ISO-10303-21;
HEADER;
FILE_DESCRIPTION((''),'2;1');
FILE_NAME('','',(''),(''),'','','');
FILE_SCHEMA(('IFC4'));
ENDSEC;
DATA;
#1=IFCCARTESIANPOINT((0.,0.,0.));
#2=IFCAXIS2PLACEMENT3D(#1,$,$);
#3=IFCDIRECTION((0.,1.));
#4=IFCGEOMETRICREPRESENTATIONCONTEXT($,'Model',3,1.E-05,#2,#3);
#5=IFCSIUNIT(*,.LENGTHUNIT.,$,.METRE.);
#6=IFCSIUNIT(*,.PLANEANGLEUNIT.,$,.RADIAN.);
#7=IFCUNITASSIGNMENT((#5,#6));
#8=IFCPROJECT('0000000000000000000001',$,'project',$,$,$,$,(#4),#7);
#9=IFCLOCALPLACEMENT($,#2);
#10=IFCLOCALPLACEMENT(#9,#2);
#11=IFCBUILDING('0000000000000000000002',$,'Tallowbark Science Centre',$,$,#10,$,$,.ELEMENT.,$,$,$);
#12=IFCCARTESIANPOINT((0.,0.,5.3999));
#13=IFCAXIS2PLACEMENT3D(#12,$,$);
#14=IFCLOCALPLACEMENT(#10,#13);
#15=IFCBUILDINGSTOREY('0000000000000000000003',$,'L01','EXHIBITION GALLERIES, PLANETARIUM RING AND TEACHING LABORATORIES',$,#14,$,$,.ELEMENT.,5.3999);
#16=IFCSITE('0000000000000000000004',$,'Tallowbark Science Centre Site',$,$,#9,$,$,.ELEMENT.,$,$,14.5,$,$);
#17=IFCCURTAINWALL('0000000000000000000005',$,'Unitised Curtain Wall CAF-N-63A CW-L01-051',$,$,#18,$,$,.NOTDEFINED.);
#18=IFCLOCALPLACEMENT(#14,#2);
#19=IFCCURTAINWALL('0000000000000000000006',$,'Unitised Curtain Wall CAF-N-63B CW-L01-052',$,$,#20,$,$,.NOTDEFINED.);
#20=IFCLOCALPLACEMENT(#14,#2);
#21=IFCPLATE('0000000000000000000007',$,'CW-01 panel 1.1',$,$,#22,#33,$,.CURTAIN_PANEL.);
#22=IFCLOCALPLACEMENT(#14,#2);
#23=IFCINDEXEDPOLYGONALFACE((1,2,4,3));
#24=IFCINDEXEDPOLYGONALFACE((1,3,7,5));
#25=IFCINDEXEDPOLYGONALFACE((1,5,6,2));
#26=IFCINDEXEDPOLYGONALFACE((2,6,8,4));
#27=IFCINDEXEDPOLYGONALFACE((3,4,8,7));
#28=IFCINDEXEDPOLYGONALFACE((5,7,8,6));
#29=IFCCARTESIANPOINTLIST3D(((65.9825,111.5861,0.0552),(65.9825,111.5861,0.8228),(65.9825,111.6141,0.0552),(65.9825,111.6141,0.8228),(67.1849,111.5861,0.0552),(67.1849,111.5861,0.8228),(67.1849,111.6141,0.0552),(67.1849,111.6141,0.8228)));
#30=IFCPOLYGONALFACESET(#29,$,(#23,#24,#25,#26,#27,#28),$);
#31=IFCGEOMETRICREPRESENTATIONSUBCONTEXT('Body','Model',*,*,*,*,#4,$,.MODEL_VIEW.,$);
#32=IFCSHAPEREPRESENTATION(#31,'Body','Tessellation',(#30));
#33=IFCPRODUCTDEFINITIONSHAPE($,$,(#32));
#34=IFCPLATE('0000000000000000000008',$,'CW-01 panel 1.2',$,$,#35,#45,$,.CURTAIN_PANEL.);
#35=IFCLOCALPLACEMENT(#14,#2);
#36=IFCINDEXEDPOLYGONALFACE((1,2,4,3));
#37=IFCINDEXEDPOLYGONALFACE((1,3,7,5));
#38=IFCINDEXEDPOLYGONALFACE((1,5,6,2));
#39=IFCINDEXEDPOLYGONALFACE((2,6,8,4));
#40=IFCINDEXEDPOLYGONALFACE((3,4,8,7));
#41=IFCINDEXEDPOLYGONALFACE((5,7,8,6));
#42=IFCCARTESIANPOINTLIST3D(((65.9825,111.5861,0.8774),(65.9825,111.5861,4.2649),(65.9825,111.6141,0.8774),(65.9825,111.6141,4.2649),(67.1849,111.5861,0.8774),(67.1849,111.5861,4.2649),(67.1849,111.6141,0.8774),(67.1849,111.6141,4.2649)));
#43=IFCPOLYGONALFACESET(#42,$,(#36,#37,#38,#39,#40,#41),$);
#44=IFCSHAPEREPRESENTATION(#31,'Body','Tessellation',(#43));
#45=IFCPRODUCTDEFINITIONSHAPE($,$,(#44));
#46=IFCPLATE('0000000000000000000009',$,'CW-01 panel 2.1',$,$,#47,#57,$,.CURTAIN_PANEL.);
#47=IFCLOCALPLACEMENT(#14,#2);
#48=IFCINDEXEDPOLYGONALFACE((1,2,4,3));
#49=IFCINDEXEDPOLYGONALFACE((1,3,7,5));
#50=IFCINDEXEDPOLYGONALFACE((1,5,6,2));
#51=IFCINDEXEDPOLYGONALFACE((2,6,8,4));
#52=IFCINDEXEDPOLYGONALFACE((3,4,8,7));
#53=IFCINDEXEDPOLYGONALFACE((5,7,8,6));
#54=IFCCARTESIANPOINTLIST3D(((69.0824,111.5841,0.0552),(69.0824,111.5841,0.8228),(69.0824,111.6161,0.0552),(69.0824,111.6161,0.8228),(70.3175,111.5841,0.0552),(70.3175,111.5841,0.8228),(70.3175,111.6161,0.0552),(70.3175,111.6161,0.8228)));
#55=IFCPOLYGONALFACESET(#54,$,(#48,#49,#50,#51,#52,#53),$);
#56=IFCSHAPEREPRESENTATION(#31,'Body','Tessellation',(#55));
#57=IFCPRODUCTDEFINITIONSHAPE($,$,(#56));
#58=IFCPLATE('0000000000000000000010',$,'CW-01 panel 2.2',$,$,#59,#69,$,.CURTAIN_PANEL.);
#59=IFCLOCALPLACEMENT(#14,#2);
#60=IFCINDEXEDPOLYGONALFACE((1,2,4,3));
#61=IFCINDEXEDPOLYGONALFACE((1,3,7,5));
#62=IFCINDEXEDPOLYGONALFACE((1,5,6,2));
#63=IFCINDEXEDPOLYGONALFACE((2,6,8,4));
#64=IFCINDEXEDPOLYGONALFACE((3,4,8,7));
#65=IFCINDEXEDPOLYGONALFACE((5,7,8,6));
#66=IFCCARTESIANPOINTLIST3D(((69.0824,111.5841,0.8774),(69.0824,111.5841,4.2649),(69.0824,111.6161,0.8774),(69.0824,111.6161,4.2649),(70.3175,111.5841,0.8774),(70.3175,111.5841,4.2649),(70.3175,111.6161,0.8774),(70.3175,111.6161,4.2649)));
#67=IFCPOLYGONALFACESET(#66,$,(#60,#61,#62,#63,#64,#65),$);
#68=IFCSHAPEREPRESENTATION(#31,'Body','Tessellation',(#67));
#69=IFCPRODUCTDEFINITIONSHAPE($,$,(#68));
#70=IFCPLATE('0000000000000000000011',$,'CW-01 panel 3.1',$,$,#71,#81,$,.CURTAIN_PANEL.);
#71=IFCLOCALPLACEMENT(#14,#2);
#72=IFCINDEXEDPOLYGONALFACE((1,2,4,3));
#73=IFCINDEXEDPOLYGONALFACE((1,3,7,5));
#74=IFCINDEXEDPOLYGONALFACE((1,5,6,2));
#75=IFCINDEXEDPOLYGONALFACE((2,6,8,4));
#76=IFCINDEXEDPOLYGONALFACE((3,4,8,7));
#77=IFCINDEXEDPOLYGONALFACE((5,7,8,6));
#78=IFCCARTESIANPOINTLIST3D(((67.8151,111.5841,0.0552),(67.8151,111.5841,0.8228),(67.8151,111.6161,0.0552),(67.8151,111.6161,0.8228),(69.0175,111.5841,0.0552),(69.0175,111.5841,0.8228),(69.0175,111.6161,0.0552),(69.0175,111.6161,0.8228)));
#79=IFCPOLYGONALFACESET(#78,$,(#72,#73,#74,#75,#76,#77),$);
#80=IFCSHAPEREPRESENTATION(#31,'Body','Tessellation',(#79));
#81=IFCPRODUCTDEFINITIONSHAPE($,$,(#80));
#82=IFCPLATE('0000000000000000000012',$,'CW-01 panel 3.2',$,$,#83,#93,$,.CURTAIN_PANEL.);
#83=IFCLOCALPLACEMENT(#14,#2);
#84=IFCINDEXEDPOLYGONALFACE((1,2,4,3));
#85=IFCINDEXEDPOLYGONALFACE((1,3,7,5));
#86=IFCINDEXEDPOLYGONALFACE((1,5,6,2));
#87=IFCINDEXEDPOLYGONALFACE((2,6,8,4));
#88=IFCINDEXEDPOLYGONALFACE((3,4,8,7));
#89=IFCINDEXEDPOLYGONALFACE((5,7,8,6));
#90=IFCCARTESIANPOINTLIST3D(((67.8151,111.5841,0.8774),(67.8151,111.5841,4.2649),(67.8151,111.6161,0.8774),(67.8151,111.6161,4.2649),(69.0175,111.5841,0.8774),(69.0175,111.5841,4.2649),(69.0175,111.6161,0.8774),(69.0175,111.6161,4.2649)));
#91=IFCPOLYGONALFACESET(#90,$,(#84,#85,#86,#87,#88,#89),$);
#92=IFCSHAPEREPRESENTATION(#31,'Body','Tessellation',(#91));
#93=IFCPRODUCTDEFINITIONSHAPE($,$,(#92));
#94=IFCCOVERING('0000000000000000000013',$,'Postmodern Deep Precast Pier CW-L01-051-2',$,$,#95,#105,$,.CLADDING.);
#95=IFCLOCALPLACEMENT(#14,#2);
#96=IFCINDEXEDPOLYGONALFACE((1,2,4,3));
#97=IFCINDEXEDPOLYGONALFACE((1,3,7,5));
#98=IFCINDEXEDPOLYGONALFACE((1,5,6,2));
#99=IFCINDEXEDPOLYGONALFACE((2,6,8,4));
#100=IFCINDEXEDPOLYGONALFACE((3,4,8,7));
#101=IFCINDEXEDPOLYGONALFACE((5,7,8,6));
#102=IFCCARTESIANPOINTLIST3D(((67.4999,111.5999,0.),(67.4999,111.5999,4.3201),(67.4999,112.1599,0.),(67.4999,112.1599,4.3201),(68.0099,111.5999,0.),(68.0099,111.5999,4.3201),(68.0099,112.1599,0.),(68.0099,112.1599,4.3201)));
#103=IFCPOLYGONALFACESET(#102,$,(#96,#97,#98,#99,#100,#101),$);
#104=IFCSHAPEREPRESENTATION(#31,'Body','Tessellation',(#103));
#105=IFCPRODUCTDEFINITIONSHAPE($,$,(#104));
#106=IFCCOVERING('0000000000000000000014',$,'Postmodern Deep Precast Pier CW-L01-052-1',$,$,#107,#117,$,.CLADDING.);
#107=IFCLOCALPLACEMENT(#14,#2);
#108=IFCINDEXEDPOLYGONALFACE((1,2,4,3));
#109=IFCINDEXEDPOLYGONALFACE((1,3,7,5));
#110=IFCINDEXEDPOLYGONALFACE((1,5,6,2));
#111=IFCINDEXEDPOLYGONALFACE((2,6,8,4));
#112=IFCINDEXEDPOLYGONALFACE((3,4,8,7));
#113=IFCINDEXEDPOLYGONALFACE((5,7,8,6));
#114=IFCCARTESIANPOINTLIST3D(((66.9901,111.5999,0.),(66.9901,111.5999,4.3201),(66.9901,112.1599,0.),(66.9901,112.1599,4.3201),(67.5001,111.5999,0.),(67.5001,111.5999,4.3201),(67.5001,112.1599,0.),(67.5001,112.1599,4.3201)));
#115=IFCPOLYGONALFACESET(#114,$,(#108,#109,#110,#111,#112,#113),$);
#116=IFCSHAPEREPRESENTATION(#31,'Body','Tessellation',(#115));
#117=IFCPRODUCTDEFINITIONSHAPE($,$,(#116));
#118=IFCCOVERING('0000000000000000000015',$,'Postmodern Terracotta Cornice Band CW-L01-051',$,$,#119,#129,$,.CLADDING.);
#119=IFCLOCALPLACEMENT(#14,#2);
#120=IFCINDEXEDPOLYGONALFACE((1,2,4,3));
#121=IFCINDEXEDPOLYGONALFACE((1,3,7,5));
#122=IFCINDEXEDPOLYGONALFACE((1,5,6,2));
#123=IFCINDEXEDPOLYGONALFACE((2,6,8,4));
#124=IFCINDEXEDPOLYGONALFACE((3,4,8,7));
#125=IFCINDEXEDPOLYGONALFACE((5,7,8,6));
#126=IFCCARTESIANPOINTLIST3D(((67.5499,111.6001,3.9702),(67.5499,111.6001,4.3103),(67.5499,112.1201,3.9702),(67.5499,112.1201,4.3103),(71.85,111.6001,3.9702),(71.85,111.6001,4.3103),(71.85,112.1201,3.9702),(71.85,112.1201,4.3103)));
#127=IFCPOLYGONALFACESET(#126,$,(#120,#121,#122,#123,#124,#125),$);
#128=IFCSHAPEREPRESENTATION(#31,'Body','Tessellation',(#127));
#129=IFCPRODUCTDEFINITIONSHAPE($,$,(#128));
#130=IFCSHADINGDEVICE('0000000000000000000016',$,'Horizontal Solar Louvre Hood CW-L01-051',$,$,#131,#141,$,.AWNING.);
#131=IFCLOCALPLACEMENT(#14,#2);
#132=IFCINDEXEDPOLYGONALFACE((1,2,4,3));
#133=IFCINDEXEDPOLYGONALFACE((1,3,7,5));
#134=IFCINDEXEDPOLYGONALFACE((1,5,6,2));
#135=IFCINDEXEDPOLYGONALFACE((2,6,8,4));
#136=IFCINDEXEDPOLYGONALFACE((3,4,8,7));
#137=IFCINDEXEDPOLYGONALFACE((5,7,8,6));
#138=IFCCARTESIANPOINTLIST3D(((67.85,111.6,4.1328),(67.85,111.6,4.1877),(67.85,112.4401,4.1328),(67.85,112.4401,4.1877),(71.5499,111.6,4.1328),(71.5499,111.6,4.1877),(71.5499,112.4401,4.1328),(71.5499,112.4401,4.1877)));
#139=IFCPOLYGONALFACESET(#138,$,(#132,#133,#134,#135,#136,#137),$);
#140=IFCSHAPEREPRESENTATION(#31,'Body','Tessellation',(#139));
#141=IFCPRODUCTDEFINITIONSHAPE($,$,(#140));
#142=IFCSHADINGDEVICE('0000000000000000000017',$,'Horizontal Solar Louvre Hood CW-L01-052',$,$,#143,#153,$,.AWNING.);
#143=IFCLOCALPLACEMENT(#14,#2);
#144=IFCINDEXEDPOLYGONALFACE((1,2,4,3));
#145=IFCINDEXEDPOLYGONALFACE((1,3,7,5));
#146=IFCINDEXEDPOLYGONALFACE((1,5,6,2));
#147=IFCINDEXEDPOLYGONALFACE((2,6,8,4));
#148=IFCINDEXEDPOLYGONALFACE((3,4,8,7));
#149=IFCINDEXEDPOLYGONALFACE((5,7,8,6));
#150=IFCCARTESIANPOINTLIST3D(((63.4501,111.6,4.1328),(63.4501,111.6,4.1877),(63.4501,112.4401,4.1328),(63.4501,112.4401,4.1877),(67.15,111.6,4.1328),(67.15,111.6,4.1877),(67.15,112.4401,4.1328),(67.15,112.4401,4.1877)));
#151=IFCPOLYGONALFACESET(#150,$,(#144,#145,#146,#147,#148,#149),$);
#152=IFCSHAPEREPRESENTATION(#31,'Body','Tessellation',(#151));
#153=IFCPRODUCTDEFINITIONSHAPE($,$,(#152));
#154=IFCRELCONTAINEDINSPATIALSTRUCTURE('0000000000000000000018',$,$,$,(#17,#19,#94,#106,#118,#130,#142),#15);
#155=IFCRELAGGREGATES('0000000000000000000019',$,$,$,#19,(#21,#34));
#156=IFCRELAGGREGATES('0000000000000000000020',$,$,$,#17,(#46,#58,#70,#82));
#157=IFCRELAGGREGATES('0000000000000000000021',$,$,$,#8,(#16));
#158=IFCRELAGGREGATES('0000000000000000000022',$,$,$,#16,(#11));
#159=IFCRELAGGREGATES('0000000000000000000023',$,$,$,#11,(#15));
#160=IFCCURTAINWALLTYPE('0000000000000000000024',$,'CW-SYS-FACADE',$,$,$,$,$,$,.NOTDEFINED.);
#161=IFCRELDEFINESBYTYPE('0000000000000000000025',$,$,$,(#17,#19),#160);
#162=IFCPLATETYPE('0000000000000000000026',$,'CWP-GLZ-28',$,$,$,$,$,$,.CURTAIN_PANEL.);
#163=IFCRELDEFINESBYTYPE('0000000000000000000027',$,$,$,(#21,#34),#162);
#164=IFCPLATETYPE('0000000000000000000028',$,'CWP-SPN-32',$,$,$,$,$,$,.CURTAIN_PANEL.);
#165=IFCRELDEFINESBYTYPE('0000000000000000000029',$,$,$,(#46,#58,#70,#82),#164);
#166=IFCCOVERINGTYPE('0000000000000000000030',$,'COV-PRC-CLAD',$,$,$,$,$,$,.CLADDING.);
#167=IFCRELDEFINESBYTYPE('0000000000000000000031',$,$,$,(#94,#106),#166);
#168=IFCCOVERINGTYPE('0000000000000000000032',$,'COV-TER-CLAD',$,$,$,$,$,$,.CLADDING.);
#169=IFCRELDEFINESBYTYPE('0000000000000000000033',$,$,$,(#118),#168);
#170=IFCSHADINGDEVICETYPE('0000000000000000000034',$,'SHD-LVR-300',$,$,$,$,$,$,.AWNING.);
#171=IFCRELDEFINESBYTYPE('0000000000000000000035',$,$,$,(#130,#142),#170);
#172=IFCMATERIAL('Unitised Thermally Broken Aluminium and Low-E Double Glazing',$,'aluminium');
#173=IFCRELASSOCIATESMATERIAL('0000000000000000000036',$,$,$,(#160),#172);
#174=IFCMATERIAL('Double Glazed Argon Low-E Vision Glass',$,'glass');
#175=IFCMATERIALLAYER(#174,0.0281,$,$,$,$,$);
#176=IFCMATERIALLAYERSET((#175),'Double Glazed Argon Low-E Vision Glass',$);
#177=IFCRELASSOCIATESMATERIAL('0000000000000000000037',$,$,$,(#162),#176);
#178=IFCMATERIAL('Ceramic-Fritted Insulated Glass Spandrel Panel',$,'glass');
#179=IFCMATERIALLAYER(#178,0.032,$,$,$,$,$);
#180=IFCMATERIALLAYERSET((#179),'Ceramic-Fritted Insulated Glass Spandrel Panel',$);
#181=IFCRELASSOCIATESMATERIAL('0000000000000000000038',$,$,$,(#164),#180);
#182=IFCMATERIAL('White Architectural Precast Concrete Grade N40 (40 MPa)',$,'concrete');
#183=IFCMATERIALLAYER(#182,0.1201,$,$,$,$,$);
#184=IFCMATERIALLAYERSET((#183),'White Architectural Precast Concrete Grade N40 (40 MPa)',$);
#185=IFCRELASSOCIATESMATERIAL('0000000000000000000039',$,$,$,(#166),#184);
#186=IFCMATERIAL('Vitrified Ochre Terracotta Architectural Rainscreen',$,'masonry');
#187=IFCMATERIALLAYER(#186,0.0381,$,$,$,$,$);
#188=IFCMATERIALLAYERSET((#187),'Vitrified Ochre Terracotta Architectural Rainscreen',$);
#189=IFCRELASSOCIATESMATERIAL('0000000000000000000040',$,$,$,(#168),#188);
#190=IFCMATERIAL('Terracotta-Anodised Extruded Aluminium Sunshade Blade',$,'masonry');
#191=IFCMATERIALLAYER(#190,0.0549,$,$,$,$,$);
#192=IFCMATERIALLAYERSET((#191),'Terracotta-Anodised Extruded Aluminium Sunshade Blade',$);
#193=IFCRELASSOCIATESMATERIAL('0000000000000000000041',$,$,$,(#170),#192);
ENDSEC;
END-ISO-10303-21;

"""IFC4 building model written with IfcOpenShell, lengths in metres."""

from ifc_helpers import new_model, si_unit, direction, frame, origin, origin_2d, place, context, subcontext, project, spatial, rectangle, extrude, material, layer, layer_set, type_object, element, aggregate, save


model = new_model("IFC4")

# Units and contexts
model_context = context("Model", 3, precision=1e-05, world=origin(), true_north=direction((0.0, 1.0)))
body_context = subcontext(model_context, "Body", "Model", "MODEL_VIEW")
ifc_project = project(units=[si_unit("LENGTHUNIT", "METRE"), si_unit("PLANEANGLEUNIT", "RADIAN")], contexts=[model_context])

# Site, building, storey
site_placement = place(None, origin())
site = spatial("IfcSite", under=ifc_project, at=site_placement, Name="Tallowbark Science Centre Site", CompositionType="ELEMENT", RefElevation=14.5)
building_placement = place(site_placement, origin())
building = spatial("IfcBuilding", under=site, at=building_placement, Name="Tallowbark Science Centre", CompositionType="ELEMENT")
storey_placement = place(building_placement, frame((0.0, 0.0, 5.3999)))
storey = spatial("IfcBuildingStorey", under=building, at=storey_placement, Name="L01", Description="EXHIBITION GALLERIES, PLANETARIUM RING AND TEACHING LABORATORIES", CompositionType="ELEMENT", Elevation=5.3999)

# Curtain walls
ifc_material_1 = material(Name="Unitised Thermally Broken Aluminium and Low-E Double Glazing", Category="aluminium")
curtain_wall_type = type_object("IfcCurtainWallType", Name="CW-SYS-FACADE", PredefinedType="NOTDEFINED", material=ifc_material_1)
curtain_wall_1_placement = place(storey_placement, origin())
curtain_wall_1 = element("IfcCurtainWall", 1, at=curtain_wall_1_placement, inside=storey, type_object=curtain_wall_type, Name="Unitised Curtain Wall CAF-N-63A CW-L01-051", PredefinedType="NOTDEFINED")
curtain_wall_2_placement = place(storey_placement, origin())
curtain_wall_2 = element("IfcCurtainWall", 2, at=curtain_wall_2_placement, inside=storey, type_object=curtain_wall_type, Name="Unitised Curtain Wall CAF-N-63B CW-L01-052", PredefinedType="NOTDEFINED")

# Plates
ifc_material_2 = material(Name="Double Glazed Argon Low-E Vision Glass", Category="glass")
ifc_layer_1 = layer(ifc_material_2, 0.0281)
ifc_layer_set_1 = layer_set([ifc_layer_1], Name="Double Glazed Argon Low-E Vision Glass")
plate_type_1 = type_object("IfcPlateType", Name="CWP-GLZ-28", PredefinedType="CURTAIN_PANEL", material=ifc_layer_set_1)
plate_1_placement = place(storey_placement, frame((66.5837, 111.6001, 0.0552), z_axis=(0.0, 0.0, 1.0), x_axis=(-1.0, 0.0, 0.0)))
plate_1 = element("IfcPlate", 3, at=plate_1_placement, type_object=plate_type_1, Name="CW-01 panel 1.1", PredefinedType="CURTAIN_PANEL", context=body_context, shape_type="SweptSolid", body=[
    extrude(rectangle(XDim=1.2024, YDim=0.0281, at=origin_2d()), origin(), (0.0, 0.0, 1.0), 0.7676),
])
plate_2_placement = place(storey_placement, frame((66.5837, 111.6001, 0.8774), z_axis=(0.0, 0.0, 1.0), x_axis=(-1.0, 0.0, 0.0)))
plate_2 = element("IfcPlate", 4, at=plate_2_placement, type_object=plate_type_1, Name="CW-01 panel 1.2", PredefinedType="CURTAIN_PANEL", context=body_context, shape_type="SweptSolid", body=[
    extrude(rectangle(XDim=1.2024, YDim=0.0281, at=origin_2d()), origin(), (0.0, 0.0, 1.0), 3.3875),
])
aggregate(curtain_wall_2, [plate_1, plate_2])
ifc_material_3 = material(Name="Ceramic-Fritted Insulated Glass Spandrel Panel", Category="glass")
ifc_layer_2 = layer(ifc_material_3, 0.032)
ifc_layer_set_2 = layer_set([ifc_layer_2], Name="Ceramic-Fritted Insulated Glass Spandrel Panel")
plate_type_2 = type_object("IfcPlateType", Name="CWP-SPN-32", PredefinedType="CURTAIN_PANEL", material=ifc_layer_set_2)
plate_3_placement = place(storey_placement, frame((69.7, 111.6001, 0.0552), z_axis=(0.0, 0.0, 1.0), x_axis=(-1.0, 0.0, 0.0)))
plate_3 = element("IfcPlate", 5, at=plate_3_placement, type_object=plate_type_2, Name="CW-01 panel 2.1", PredefinedType="CURTAIN_PANEL", context=body_context, shape_type="SweptSolid", body=[
    extrude(rectangle(XDim=1.2351, YDim=0.032, at=origin_2d()), origin(), (0.0, 0.0, 1.0), 0.7676),
])
plate_4_placement = place(storey_placement, frame((69.7, 111.6001, 0.8774), z_axis=(0.0, 0.0, 1.0), x_axis=(-1.0, 0.0, 0.0)))
plate_4 = element("IfcPlate", 6, at=plate_4_placement, type_object=plate_type_2, Name="CW-01 panel 2.2", PredefinedType="CURTAIN_PANEL", context=body_context, shape_type="SweptSolid", body=[
    extrude(rectangle(XDim=1.2351, YDim=0.032, at=origin_2d()), origin(), (0.0, 0.0, 1.0), 3.3875),
])
plate_5_placement = place(storey_placement, frame((68.4163, 111.6001, 0.0552), z_axis=(0.0, 0.0, 1.0), x_axis=(-1.0, 0.0, 0.0)))
plate_5 = element("IfcPlate", 7, at=plate_5_placement, type_object=plate_type_2, Name="CW-01 panel 3.1", PredefinedType="CURTAIN_PANEL", context=body_context, shape_type="SweptSolid", body=[
    extrude(rectangle(XDim=1.2024, YDim=0.032, at=origin_2d()), origin(), (0.0, 0.0, 1.0), 0.7676),
])
plate_6_placement = place(storey_placement, frame((68.4163, 111.6001, 0.8774), z_axis=(0.0, 0.0, 1.0), x_axis=(-1.0, 0.0, 0.0)))
plate_6 = element("IfcPlate", 8, at=plate_6_placement, type_object=plate_type_2, Name="CW-01 panel 3.2", PredefinedType="CURTAIN_PANEL", context=body_context, shape_type="SweptSolid", body=[
    extrude(rectangle(XDim=1.2024, YDim=0.032, at=origin_2d()), origin(), (0.0, 0.0, 1.0), 3.3875),
])
aggregate(curtain_wall_1, [plate_3, plate_4, plate_5, plate_6])

# Coverings
ifc_material_4 = material(Name="White Architectural Precast Concrete Grade N40 (40 MPa)", Category="concrete")
ifc_layer_3 = layer(ifc_material_4, 0.1201)
ifc_layer_set_3 = layer_set([ifc_layer_3], Name="White Architectural Precast Concrete Grade N40 (40 MPa)")
covering_type_1 = type_object("IfcCoveringType", Name="COV-PRC-CLAD", PredefinedType="CLADDING", material=ifc_layer_set_3)
for number, where, z_axis, x_axis, name in (
    (9, (67.7549, 111.8799, 0.0), (0.0, 0.0, 1.0), (-1.0, 0.0, 0.0), "Postmodern Deep Precast Pier CW-L01-051-2"),
    (10, (67.2451, 111.8799, 0.0), (0.0, 0.0, 1.0), (-1.0, 0.0, 0.0), "Postmodern Deep Precast Pier CW-L01-052-1"),
):
    element("IfcCovering", number, at=place(storey_placement, frame(where, z_axis=z_axis, x_axis=x_axis)), inside=storey, type_object=covering_type_1, Name=name, PredefinedType="CLADDING", context=body_context, shape_type="SweptSolid", body=[
        extrude(rectangle(XDim=0.51, YDim=0.5601, at=origin_2d()), origin(), (0.0, 0.0, 1.0), 4.3201),
    ])
ifc_material_5 = material(Name="Vitrified Ochre Terracotta Architectural Rainscreen", Category="masonry")
ifc_layer_4 = layer(ifc_material_5, 0.0381)
ifc_layer_set_4 = layer_set([ifc_layer_4], Name="Vitrified Ochre Terracotta Architectural Rainscreen")
covering_type_2 = type_object("IfcCoveringType", Name="COV-TER-CLAD", PredefinedType="CLADDING", material=ifc_layer_set_4)
covering_placement = place(storey_placement, frame((69.7, 111.8601, 3.9702), z_axis=(0.0, 0.0, 1.0), x_axis=(-1.0, 0.0, 0.0)))
element("IfcCovering", 11, at=covering_placement, inside=storey, type_object=covering_type_2, Name="Postmodern Terracotta Cornice Band CW-L01-051", PredefinedType="CLADDING", context=body_context, shape_type="SweptSolid", body=[
    extrude(rectangle(XDim=4.3, YDim=0.52, at=origin_2d()), origin(), (0.0, 0.0, 1.0), 0.3401),
])

# Shading devices
ifc_material_6 = material(Name="Terracotta-Anodised Extruded Aluminium Sunshade Blade", Category="masonry")
ifc_layer_5 = layer(ifc_material_6, 0.0549)
ifc_layer_set_5 = layer_set([ifc_layer_5], Name="Terracotta-Anodised Extruded Aluminium Sunshade Blade")
shading_device_type = type_object("IfcShadingDeviceType", Name="SHD-LVR-300", PredefinedType="AWNING", material=ifc_layer_set_5)
for number, where, z_axis, x_axis, name in (
    (12, (69.7, 112.02, 4.1328), (0.0, 0.0, 1.0), (-1.0, 0.0, 0.0), "Horizontal Solar Louvre Hood CW-L01-051"),
    (13, (65.3, 112.02, 4.1328), (0.0, 0.0, 1.0), (-1.0, 0.0, 0.0), "Horizontal Solar Louvre Hood CW-L01-052"),
):
    element("IfcShadingDevice", number, at=place(storey_placement, frame(where, z_axis=z_axis, x_axis=x_axis)), inside=storey, type_object=shading_device_type, Name=name, PredefinedType="AWNING", context=body_context, shape_type="SweptSolid", body=[
        extrude(rectangle(XDim=3.7, YDim=0.8401, at=origin_2d()), origin(), (0.0, 0.0, 1.0), 0.0549),
    ])

save(model, "model.ifc")
